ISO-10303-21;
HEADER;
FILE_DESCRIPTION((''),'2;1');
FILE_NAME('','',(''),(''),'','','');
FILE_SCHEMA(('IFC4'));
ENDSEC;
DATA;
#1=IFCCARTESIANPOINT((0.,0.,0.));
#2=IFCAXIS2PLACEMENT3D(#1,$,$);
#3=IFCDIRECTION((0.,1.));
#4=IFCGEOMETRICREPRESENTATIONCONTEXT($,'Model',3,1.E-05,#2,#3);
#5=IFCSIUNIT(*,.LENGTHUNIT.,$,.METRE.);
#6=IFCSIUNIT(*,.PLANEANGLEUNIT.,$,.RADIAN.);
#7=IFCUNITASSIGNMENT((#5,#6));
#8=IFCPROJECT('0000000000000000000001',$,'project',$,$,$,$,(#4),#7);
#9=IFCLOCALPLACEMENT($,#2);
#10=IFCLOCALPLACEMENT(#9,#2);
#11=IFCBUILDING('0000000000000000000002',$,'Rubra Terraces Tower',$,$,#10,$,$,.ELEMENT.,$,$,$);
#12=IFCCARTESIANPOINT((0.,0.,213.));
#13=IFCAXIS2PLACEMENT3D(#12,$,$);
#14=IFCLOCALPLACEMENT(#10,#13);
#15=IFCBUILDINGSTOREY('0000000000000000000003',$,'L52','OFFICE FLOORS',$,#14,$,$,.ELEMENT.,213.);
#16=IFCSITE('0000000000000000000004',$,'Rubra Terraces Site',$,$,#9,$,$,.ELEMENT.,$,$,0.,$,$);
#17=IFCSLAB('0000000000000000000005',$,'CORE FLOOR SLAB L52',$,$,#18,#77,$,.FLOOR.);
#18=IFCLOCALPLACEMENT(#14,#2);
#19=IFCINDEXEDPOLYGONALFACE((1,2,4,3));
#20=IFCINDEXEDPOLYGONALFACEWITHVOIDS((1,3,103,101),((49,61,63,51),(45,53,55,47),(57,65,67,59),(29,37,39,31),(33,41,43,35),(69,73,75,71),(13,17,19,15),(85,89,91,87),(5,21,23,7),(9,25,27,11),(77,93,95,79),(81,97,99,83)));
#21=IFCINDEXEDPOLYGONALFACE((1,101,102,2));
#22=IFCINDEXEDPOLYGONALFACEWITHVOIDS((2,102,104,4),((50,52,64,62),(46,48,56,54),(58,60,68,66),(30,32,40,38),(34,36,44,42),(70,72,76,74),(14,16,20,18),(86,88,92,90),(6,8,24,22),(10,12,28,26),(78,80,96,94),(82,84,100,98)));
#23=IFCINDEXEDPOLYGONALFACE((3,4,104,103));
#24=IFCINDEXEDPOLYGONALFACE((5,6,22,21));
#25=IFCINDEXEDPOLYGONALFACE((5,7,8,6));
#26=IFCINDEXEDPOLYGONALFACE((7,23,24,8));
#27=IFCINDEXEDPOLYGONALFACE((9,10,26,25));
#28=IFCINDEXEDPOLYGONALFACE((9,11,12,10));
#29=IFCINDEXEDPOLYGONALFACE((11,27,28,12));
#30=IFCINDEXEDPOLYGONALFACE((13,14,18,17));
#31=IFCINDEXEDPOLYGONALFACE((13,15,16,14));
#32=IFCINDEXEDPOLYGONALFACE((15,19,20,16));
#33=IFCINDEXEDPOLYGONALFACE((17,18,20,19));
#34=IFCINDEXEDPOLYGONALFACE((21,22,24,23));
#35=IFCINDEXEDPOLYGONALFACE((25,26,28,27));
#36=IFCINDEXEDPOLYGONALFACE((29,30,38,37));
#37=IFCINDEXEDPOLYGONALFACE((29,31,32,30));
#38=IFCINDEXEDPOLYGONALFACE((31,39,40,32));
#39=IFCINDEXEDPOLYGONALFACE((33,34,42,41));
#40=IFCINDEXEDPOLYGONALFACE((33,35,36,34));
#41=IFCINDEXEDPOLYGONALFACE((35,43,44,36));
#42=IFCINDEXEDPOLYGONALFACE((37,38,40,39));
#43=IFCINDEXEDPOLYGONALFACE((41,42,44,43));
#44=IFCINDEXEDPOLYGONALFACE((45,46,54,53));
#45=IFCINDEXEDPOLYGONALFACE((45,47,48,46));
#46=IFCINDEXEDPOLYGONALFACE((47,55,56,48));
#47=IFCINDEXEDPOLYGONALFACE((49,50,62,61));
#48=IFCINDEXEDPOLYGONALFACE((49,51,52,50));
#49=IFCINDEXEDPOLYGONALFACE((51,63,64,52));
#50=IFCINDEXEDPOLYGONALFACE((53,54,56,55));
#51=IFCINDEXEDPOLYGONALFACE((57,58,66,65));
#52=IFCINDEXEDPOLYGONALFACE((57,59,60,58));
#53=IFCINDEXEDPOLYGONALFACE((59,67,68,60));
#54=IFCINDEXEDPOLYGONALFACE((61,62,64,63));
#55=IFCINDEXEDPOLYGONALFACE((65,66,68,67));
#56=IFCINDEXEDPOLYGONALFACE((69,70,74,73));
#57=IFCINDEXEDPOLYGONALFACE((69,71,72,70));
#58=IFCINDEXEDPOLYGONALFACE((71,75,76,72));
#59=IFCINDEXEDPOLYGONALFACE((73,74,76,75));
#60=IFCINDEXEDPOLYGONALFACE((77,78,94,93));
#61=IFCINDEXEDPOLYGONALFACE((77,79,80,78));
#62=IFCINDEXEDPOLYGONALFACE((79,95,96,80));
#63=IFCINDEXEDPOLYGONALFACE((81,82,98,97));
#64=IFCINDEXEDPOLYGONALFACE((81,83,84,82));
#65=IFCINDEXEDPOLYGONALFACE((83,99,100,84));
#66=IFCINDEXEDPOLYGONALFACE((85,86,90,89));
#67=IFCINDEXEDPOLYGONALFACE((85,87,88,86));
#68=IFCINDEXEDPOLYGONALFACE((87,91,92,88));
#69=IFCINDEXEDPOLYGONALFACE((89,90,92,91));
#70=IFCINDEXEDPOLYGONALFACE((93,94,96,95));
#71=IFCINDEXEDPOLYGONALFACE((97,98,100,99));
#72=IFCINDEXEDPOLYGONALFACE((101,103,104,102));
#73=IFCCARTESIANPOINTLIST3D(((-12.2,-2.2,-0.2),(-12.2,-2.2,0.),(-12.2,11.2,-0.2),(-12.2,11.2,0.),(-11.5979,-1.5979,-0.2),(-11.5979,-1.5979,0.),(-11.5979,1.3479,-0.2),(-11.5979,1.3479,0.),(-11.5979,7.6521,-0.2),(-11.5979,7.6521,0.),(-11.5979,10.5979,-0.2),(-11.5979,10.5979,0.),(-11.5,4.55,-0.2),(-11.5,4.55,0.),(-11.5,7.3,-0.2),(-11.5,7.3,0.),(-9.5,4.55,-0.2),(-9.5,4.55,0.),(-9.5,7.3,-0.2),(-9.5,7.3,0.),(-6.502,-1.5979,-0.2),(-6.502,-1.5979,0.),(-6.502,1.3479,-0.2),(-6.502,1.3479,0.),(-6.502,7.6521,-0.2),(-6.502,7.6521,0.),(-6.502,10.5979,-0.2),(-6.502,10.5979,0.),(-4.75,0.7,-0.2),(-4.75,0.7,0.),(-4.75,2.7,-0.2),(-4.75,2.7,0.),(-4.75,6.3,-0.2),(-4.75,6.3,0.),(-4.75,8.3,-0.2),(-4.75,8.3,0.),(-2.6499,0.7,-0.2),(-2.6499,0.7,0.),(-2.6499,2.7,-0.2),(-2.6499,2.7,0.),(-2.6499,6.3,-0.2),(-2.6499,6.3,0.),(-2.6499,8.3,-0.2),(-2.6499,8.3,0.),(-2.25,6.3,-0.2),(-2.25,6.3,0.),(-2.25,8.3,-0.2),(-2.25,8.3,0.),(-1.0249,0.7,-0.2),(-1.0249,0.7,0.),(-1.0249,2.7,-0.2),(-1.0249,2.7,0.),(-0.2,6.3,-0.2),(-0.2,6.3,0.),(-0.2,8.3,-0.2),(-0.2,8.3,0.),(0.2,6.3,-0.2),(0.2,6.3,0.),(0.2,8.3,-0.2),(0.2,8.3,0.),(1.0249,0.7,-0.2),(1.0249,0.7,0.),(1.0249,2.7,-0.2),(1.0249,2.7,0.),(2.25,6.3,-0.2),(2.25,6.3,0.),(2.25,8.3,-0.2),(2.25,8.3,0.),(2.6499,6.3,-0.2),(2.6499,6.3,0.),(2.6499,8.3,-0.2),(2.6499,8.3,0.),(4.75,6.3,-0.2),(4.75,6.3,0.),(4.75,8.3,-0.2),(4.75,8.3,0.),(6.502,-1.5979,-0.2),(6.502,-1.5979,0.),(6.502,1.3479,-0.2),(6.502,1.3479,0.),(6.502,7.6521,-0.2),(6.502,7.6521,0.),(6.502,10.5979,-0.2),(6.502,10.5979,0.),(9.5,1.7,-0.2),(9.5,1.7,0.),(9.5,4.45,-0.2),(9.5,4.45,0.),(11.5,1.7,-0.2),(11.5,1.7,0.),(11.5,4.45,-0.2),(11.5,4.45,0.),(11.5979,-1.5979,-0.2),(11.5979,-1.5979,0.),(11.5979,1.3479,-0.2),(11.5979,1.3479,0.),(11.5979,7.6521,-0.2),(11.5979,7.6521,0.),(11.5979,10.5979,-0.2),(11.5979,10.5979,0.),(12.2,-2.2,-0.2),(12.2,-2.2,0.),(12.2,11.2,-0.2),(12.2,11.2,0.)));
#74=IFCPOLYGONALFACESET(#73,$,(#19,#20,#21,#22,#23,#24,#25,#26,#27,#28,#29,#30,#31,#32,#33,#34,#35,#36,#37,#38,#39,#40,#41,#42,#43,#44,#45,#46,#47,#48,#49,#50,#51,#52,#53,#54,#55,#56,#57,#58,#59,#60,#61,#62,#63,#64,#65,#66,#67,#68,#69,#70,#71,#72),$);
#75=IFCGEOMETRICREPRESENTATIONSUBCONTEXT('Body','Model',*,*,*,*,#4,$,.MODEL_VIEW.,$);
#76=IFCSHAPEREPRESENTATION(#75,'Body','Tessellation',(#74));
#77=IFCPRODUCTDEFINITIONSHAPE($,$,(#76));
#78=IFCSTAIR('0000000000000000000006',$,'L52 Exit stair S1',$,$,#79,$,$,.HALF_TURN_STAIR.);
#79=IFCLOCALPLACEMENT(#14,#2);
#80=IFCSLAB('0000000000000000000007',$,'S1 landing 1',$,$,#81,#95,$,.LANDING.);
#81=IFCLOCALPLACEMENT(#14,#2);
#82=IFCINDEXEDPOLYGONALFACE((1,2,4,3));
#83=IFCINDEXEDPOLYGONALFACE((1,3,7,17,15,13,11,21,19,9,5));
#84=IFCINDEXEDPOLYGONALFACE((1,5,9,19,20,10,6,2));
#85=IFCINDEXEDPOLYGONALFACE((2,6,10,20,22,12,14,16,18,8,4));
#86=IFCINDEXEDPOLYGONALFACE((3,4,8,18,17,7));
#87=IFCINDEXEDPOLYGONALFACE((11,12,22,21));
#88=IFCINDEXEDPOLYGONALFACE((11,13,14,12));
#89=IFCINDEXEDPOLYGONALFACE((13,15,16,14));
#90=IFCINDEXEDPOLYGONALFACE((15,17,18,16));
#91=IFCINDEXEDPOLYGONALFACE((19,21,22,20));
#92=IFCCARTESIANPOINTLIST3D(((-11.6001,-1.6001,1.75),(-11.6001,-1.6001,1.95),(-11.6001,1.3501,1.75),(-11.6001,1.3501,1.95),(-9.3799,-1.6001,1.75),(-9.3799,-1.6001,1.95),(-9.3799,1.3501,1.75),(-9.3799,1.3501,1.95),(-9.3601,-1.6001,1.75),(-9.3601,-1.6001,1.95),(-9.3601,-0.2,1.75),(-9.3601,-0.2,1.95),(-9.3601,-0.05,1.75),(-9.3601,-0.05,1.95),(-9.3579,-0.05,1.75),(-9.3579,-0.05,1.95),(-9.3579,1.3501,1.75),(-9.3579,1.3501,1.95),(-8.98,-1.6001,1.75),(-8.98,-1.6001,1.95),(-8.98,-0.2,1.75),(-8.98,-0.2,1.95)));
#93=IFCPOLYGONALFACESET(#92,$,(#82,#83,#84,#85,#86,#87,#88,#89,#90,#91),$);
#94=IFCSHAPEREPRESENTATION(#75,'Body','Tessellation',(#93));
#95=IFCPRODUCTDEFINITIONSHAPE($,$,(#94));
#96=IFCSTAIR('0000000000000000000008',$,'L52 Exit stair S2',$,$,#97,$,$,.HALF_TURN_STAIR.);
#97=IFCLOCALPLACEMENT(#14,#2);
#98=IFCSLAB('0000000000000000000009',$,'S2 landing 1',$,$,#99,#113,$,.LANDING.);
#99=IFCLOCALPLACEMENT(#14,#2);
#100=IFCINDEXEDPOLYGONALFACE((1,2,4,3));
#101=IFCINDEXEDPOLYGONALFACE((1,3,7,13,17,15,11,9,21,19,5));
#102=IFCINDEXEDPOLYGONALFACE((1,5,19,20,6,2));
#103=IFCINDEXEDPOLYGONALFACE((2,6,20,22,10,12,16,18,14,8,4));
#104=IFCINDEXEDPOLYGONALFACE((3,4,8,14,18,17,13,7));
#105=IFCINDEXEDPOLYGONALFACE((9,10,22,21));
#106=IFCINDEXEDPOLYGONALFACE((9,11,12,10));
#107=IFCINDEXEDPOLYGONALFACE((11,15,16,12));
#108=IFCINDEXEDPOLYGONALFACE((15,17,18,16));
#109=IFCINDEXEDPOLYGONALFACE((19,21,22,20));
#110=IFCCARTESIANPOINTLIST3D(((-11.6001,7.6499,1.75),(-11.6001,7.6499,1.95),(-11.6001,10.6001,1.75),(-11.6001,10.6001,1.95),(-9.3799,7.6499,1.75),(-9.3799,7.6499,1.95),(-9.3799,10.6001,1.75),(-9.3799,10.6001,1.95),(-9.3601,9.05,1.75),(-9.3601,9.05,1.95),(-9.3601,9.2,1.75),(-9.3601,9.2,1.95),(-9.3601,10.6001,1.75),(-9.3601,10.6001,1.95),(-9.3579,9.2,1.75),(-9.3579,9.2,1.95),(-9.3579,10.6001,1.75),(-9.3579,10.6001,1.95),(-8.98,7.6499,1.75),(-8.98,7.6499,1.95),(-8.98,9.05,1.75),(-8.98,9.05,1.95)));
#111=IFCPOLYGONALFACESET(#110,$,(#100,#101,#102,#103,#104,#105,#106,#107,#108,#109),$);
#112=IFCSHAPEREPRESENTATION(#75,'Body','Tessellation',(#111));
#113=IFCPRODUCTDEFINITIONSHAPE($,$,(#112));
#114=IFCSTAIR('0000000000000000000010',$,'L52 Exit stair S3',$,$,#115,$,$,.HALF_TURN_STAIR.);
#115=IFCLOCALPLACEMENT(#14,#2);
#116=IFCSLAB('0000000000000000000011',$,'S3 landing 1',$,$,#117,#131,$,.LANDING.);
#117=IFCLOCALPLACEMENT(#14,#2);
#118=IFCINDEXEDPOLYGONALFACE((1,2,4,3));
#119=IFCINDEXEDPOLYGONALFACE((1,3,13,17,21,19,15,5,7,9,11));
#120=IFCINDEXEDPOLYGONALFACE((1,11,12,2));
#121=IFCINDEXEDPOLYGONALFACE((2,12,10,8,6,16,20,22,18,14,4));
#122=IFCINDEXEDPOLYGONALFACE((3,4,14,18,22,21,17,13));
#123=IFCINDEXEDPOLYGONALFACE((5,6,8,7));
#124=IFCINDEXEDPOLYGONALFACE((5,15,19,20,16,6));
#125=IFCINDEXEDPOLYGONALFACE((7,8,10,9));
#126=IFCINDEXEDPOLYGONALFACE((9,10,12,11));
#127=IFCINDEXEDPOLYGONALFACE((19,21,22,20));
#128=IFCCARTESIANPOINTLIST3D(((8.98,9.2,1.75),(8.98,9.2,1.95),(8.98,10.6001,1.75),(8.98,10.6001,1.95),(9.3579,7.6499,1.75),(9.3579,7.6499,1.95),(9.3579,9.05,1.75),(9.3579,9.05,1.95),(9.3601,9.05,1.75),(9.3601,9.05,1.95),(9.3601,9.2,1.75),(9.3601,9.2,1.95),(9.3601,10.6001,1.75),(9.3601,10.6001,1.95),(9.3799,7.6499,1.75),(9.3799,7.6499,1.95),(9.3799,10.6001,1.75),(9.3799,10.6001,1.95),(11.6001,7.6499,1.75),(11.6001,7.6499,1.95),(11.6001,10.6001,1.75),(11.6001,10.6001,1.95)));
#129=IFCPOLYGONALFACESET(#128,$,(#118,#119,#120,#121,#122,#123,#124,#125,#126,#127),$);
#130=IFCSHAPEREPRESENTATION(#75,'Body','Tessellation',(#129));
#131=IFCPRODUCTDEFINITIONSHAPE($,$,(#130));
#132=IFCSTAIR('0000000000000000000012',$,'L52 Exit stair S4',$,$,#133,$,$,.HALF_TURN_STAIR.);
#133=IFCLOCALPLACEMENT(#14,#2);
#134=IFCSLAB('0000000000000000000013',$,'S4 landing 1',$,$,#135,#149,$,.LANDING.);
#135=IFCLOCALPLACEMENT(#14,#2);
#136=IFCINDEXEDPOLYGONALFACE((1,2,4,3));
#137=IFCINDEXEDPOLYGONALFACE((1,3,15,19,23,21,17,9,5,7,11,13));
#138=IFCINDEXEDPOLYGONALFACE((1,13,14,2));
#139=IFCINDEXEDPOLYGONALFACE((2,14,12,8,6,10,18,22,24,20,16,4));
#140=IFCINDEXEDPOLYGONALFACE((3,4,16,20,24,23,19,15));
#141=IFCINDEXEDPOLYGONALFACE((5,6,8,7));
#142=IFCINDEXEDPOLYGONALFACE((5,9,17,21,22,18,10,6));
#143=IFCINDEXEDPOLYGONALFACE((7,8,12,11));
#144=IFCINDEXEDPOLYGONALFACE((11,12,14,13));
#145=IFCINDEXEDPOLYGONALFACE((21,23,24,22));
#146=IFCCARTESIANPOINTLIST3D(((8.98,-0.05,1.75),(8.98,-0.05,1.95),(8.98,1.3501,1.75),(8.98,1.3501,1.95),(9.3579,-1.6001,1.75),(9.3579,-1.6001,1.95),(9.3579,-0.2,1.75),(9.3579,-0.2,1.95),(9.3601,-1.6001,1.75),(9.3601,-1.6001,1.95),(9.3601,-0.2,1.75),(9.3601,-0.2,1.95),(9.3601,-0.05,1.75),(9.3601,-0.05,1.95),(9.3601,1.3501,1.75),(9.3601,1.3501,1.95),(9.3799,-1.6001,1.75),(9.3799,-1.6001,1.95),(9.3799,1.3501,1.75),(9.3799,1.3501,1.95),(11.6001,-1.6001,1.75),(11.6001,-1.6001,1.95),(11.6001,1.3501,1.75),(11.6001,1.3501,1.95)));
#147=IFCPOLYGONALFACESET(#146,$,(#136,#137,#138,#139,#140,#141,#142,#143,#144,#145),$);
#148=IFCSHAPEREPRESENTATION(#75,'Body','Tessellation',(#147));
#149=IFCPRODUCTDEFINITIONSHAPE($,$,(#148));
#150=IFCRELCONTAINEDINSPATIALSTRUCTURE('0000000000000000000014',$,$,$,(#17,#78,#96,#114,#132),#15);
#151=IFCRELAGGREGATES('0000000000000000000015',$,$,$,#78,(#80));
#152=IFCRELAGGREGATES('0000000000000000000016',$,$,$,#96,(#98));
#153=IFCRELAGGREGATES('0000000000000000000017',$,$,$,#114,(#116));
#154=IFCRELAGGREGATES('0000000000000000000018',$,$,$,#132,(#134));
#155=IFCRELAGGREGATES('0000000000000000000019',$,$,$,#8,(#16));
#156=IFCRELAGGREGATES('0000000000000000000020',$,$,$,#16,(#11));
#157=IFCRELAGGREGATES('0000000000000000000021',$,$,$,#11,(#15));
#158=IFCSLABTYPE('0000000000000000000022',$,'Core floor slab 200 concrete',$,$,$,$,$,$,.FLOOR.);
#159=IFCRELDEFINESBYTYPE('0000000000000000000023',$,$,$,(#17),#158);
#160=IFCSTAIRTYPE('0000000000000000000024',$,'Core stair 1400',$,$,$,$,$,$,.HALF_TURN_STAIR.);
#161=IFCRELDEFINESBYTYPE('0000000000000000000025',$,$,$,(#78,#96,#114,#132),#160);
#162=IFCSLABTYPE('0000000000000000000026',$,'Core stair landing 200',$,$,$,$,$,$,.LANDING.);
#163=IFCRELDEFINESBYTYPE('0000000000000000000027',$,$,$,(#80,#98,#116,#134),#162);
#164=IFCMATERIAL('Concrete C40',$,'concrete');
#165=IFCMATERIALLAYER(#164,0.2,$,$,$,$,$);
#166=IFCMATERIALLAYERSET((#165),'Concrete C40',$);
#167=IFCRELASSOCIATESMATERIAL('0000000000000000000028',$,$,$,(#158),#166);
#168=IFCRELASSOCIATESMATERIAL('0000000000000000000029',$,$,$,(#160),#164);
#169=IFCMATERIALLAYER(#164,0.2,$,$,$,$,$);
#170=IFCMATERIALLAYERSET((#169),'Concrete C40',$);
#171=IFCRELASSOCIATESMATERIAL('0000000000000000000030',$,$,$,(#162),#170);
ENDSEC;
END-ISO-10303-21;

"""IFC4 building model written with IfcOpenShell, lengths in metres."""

from ifc_helpers import new_model, si_unit, direction, frame, origin, place, context, subcontext, project, spatial, polyline, outline, extrude, material, layer, layer_set, type_object, element, aggregate, save


model = new_model("IFC4")

# Units and contexts
model_context = context("Model", 3, precision=1e-05, world=origin(), true_north=direction((0.0, 1.0)))
body_context = subcontext(model_context, "Body", "Model", "MODEL_VIEW")
ifc_project = project(units=[si_unit("LENGTHUNIT", "METRE"), si_unit("PLANEANGLEUNIT", "RADIAN")], contexts=[model_context])

# Site, building, storey
site_placement = place(None, origin())
site = spatial("IfcSite", under=ifc_project, at=site_placement, Name="Rubra Terraces Site", CompositionType="ELEMENT", RefElevation=0.0)
building_placement = place(site_placement, origin())
building = spatial("IfcBuilding", under=site, at=building_placement, Name="Rubra Terraces Tower", CompositionType="ELEMENT")
storey_placement = place(building_placement, frame((0.0, 0.0, 213.0)))
storey = spatial("IfcBuildingStorey", under=building, at=storey_placement, Name="L52", Description="OFFICE FLOORS", CompositionType="ELEMENT", Elevation=213.0)

# Slab
ifc_material_1 = material(Name="Concrete C40", Category="concrete")
ifc_layer_1 = layer(ifc_material_1, 0.2)
ifc_layer_set_1 = layer_set([ifc_layer_1], Name="Concrete C40")
slab_type_1 = type_object("IfcSlabType", Name="Core floor slab 200 concrete", PredefinedType="FLOOR", material=ifc_layer_set_1)
slab_1_placement = place(storey_placement, frame((0.0, 0.0, -0.2)))
element("IfcSlab", 1, at=slab_1_placement, inside=storey, type_object=slab_type_1, Name="CORE FLOOR SLAB L52", PredefinedType="FLOOR", context=body_context, shape_type="SweptSolid", body=[
    extrude(outline(polyline([(-12.2, -2.2), (-12.2, 11.2), (12.2, 11.2), (12.2, -2.2), (-12.2, -2.2)]), holes=[polyline([(11.5979, 1.3479), (6.502, 1.3479), (6.502, -1.5979), (11.5979, -1.5979), (11.5979, 1.3479)]), polyline([(11.5979, 7.6521), (11.5979, 10.5979), (6.502, 10.5979), (6.502, 7.6521), (11.5979, 7.6521)]), polyline([(9.5, 1.7), (11.5, 1.7), (11.5, 4.45), (9.5, 4.45), (9.5, 1.7)]), polyline([(4.75, 6.3), (4.75, 8.3), (2.6499, 8.3), (2.6499, 6.3), (4.75, 6.3)]), polyline([(2.25, 8.3), (0.2, 8.3), (0.2, 6.3), (2.25, 6.3), (2.25, 8.3)]), polyline([(1.0249, 0.7), (1.0249, 2.7), (-1.0249, 2.7), (-1.0249, 0.7), (1.0249, 0.7)]), polyline([(-0.2, 6.3), (-0.2, 8.3), (-2.25, 8.3), (-2.25, 6.3), (-0.2, 6.3)]), polyline([(-4.75, 8.3), (-4.75, 6.3), (-2.6499, 6.3), (-2.6499, 8.3), (-4.75, 8.3)]), polyline([(-2.6499, 0.7), (-2.6499, 2.7), (-4.75, 2.7), (-4.75, 0.7), (-2.6499, 0.7)]), polyline([(-11.5979, -1.5979), (-6.502, -1.5979), (-6.502, 1.3479), (-11.5979, 1.3479), (-11.5979, -1.5979)]), polyline([(-11.5979, 10.5979), (-11.5979, 7.6521), (-6.502, 7.6521), (-6.502, 10.5979), (-11.5979, 10.5979)]), polyline([(-9.5, 4.55), (-9.5, 7.3), (-11.5, 7.3), (-11.5, 4.55), (-9.5, 4.55)])]), origin(), (0.0, 0.0, 1.0), 0.2),
])

# Stairs, slabs
stair_type = type_object("IfcStairType", Name="Core stair 1400", PredefinedType="HALF_TURN_STAIR", material=ifc_material_1)
stair_1_placement = place(storey_placement, origin())
stair_1 = element("IfcStair", 2, at=stair_1_placement, inside=storey, type_object=stair_type, Name="L52 Exit stair S1", PredefinedType="HALF_TURN_STAIR")
ifc_layer_2 = layer(ifc_material_1, 0.2)
ifc_layer_set_2 = layer_set([ifc_layer_2], Name="Concrete C40")
slab_type_2 = type_object("IfcSlabType", Name="Core stair landing 200", PredefinedType="LANDING", material=ifc_layer_set_2)
slab_2_placement = place(storey_placement, frame((0.0, 0.0, 1.75)))
slab_2 = element("IfcSlab", 3, at=slab_2_placement, type_object=slab_type_2, Name="S1 landing 1", PredefinedType="LANDING", context=body_context, shape_type="SweptSolid", body=[
    extrude(outline(polyline([(-8.98, -0.2), (-8.98, -1.6001), (-9.3601, -1.6001), (-9.3799, -1.6001), (-11.6001, -1.6001), (-11.6001, 1.3501), (-9.3799, 1.3501), (-9.3579, 1.3501), (-9.3579, -0.05), (-9.3601, -0.05), (-9.3601, -0.2), (-8.98, -0.2)])), origin(), (0.0, 0.0, 1.0), 0.2),
])
aggregate(stair_1, [slab_2])
stair_2_placement = place(storey_placement, origin())
stair_2 = element("IfcStair", 4, at=stair_2_placement, inside=storey, type_object=stair_type, Name="L52 Exit stair S2", PredefinedType="HALF_TURN_STAIR")
slab_3_placement = place(storey_placement, frame((0.0, 0.0, 1.75)))
slab_3 = element("IfcSlab", 5, at=slab_3_placement, type_object=slab_type_2, Name="S2 landing 1", PredefinedType="LANDING", context=body_context, shape_type="SweptSolid", body=[
    extrude(outline(polyline([(-8.98, 9.05), (-8.98, 7.6499), (-9.3799, 7.6499), (-11.6001, 7.6499), (-11.6001, 10.6001), (-9.3799, 10.6001), (-9.3601, 10.6001), (-9.3579, 10.6001), (-9.3579, 9.2), (-9.3601, 9.2), (-9.3601, 9.05), (-8.98, 9.05)])), origin(), (0.0, 0.0, 1.0), 0.2),
])
aggregate(stair_2, [slab_3])
stair_3_placement = place(storey_placement, origin())
stair_3 = element("IfcStair", 6, at=stair_3_placement, inside=storey, type_object=stair_type, Name="L52 Exit stair S3", PredefinedType="HALF_TURN_STAIR")
slab_4_placement = place(storey_placement, frame((0.0, 0.0, 1.75)))
slab_4 = element("IfcSlab", 7, at=slab_4_placement, type_object=slab_type_2, Name="S3 landing 1", PredefinedType="LANDING", context=body_context, shape_type="SweptSolid", body=[
    extrude(outline(polyline([(9.3601, 9.05), (9.3601, 9.2), (8.98, 9.2), (8.98, 10.6001), (9.3601, 10.6001), (9.3799, 10.6001), (11.6001, 10.6001), (11.6001, 7.6499), (9.3799, 7.6499), (9.3579, 7.6499), (9.3579, 9.05), (9.3601, 9.05)])), origin(), (0.0, 0.0, 1.0), 0.2),
])
aggregate(stair_3, [slab_4])
stair_4_placement = place(storey_placement, origin())
stair_4 = element("IfcStair", 8, at=stair_4_placement, inside=storey, type_object=stair_type, Name="L52 Exit stair S4", PredefinedType="HALF_TURN_STAIR")
slab_5_placement = place(storey_placement, frame((0.0, 0.0, 1.75)))
slab_5 = element("IfcSlab", 9, at=slab_5_placement, type_object=slab_type_2, Name="S4 landing 1", PredefinedType="LANDING", context=body_context, shape_type="SweptSolid", body=[
    extrude(outline(polyline([(9.3601, -0.2), (9.3601, -0.05), (8.98, -0.05), (8.98, 1.3501), (9.3601, 1.3501), (9.3799, 1.3501), (11.6001, 1.3501), (11.6001, -1.6001), (9.3799, -1.6001), (9.3601, -1.6001), (9.3579, -1.6001), (9.3579, -0.2), (9.3601, -0.2)])), origin(), (0.0, 0.0, 1.0), 0.2),
])

aggregate(stair_4, [slab_5])

save(model, "model.ifc")
